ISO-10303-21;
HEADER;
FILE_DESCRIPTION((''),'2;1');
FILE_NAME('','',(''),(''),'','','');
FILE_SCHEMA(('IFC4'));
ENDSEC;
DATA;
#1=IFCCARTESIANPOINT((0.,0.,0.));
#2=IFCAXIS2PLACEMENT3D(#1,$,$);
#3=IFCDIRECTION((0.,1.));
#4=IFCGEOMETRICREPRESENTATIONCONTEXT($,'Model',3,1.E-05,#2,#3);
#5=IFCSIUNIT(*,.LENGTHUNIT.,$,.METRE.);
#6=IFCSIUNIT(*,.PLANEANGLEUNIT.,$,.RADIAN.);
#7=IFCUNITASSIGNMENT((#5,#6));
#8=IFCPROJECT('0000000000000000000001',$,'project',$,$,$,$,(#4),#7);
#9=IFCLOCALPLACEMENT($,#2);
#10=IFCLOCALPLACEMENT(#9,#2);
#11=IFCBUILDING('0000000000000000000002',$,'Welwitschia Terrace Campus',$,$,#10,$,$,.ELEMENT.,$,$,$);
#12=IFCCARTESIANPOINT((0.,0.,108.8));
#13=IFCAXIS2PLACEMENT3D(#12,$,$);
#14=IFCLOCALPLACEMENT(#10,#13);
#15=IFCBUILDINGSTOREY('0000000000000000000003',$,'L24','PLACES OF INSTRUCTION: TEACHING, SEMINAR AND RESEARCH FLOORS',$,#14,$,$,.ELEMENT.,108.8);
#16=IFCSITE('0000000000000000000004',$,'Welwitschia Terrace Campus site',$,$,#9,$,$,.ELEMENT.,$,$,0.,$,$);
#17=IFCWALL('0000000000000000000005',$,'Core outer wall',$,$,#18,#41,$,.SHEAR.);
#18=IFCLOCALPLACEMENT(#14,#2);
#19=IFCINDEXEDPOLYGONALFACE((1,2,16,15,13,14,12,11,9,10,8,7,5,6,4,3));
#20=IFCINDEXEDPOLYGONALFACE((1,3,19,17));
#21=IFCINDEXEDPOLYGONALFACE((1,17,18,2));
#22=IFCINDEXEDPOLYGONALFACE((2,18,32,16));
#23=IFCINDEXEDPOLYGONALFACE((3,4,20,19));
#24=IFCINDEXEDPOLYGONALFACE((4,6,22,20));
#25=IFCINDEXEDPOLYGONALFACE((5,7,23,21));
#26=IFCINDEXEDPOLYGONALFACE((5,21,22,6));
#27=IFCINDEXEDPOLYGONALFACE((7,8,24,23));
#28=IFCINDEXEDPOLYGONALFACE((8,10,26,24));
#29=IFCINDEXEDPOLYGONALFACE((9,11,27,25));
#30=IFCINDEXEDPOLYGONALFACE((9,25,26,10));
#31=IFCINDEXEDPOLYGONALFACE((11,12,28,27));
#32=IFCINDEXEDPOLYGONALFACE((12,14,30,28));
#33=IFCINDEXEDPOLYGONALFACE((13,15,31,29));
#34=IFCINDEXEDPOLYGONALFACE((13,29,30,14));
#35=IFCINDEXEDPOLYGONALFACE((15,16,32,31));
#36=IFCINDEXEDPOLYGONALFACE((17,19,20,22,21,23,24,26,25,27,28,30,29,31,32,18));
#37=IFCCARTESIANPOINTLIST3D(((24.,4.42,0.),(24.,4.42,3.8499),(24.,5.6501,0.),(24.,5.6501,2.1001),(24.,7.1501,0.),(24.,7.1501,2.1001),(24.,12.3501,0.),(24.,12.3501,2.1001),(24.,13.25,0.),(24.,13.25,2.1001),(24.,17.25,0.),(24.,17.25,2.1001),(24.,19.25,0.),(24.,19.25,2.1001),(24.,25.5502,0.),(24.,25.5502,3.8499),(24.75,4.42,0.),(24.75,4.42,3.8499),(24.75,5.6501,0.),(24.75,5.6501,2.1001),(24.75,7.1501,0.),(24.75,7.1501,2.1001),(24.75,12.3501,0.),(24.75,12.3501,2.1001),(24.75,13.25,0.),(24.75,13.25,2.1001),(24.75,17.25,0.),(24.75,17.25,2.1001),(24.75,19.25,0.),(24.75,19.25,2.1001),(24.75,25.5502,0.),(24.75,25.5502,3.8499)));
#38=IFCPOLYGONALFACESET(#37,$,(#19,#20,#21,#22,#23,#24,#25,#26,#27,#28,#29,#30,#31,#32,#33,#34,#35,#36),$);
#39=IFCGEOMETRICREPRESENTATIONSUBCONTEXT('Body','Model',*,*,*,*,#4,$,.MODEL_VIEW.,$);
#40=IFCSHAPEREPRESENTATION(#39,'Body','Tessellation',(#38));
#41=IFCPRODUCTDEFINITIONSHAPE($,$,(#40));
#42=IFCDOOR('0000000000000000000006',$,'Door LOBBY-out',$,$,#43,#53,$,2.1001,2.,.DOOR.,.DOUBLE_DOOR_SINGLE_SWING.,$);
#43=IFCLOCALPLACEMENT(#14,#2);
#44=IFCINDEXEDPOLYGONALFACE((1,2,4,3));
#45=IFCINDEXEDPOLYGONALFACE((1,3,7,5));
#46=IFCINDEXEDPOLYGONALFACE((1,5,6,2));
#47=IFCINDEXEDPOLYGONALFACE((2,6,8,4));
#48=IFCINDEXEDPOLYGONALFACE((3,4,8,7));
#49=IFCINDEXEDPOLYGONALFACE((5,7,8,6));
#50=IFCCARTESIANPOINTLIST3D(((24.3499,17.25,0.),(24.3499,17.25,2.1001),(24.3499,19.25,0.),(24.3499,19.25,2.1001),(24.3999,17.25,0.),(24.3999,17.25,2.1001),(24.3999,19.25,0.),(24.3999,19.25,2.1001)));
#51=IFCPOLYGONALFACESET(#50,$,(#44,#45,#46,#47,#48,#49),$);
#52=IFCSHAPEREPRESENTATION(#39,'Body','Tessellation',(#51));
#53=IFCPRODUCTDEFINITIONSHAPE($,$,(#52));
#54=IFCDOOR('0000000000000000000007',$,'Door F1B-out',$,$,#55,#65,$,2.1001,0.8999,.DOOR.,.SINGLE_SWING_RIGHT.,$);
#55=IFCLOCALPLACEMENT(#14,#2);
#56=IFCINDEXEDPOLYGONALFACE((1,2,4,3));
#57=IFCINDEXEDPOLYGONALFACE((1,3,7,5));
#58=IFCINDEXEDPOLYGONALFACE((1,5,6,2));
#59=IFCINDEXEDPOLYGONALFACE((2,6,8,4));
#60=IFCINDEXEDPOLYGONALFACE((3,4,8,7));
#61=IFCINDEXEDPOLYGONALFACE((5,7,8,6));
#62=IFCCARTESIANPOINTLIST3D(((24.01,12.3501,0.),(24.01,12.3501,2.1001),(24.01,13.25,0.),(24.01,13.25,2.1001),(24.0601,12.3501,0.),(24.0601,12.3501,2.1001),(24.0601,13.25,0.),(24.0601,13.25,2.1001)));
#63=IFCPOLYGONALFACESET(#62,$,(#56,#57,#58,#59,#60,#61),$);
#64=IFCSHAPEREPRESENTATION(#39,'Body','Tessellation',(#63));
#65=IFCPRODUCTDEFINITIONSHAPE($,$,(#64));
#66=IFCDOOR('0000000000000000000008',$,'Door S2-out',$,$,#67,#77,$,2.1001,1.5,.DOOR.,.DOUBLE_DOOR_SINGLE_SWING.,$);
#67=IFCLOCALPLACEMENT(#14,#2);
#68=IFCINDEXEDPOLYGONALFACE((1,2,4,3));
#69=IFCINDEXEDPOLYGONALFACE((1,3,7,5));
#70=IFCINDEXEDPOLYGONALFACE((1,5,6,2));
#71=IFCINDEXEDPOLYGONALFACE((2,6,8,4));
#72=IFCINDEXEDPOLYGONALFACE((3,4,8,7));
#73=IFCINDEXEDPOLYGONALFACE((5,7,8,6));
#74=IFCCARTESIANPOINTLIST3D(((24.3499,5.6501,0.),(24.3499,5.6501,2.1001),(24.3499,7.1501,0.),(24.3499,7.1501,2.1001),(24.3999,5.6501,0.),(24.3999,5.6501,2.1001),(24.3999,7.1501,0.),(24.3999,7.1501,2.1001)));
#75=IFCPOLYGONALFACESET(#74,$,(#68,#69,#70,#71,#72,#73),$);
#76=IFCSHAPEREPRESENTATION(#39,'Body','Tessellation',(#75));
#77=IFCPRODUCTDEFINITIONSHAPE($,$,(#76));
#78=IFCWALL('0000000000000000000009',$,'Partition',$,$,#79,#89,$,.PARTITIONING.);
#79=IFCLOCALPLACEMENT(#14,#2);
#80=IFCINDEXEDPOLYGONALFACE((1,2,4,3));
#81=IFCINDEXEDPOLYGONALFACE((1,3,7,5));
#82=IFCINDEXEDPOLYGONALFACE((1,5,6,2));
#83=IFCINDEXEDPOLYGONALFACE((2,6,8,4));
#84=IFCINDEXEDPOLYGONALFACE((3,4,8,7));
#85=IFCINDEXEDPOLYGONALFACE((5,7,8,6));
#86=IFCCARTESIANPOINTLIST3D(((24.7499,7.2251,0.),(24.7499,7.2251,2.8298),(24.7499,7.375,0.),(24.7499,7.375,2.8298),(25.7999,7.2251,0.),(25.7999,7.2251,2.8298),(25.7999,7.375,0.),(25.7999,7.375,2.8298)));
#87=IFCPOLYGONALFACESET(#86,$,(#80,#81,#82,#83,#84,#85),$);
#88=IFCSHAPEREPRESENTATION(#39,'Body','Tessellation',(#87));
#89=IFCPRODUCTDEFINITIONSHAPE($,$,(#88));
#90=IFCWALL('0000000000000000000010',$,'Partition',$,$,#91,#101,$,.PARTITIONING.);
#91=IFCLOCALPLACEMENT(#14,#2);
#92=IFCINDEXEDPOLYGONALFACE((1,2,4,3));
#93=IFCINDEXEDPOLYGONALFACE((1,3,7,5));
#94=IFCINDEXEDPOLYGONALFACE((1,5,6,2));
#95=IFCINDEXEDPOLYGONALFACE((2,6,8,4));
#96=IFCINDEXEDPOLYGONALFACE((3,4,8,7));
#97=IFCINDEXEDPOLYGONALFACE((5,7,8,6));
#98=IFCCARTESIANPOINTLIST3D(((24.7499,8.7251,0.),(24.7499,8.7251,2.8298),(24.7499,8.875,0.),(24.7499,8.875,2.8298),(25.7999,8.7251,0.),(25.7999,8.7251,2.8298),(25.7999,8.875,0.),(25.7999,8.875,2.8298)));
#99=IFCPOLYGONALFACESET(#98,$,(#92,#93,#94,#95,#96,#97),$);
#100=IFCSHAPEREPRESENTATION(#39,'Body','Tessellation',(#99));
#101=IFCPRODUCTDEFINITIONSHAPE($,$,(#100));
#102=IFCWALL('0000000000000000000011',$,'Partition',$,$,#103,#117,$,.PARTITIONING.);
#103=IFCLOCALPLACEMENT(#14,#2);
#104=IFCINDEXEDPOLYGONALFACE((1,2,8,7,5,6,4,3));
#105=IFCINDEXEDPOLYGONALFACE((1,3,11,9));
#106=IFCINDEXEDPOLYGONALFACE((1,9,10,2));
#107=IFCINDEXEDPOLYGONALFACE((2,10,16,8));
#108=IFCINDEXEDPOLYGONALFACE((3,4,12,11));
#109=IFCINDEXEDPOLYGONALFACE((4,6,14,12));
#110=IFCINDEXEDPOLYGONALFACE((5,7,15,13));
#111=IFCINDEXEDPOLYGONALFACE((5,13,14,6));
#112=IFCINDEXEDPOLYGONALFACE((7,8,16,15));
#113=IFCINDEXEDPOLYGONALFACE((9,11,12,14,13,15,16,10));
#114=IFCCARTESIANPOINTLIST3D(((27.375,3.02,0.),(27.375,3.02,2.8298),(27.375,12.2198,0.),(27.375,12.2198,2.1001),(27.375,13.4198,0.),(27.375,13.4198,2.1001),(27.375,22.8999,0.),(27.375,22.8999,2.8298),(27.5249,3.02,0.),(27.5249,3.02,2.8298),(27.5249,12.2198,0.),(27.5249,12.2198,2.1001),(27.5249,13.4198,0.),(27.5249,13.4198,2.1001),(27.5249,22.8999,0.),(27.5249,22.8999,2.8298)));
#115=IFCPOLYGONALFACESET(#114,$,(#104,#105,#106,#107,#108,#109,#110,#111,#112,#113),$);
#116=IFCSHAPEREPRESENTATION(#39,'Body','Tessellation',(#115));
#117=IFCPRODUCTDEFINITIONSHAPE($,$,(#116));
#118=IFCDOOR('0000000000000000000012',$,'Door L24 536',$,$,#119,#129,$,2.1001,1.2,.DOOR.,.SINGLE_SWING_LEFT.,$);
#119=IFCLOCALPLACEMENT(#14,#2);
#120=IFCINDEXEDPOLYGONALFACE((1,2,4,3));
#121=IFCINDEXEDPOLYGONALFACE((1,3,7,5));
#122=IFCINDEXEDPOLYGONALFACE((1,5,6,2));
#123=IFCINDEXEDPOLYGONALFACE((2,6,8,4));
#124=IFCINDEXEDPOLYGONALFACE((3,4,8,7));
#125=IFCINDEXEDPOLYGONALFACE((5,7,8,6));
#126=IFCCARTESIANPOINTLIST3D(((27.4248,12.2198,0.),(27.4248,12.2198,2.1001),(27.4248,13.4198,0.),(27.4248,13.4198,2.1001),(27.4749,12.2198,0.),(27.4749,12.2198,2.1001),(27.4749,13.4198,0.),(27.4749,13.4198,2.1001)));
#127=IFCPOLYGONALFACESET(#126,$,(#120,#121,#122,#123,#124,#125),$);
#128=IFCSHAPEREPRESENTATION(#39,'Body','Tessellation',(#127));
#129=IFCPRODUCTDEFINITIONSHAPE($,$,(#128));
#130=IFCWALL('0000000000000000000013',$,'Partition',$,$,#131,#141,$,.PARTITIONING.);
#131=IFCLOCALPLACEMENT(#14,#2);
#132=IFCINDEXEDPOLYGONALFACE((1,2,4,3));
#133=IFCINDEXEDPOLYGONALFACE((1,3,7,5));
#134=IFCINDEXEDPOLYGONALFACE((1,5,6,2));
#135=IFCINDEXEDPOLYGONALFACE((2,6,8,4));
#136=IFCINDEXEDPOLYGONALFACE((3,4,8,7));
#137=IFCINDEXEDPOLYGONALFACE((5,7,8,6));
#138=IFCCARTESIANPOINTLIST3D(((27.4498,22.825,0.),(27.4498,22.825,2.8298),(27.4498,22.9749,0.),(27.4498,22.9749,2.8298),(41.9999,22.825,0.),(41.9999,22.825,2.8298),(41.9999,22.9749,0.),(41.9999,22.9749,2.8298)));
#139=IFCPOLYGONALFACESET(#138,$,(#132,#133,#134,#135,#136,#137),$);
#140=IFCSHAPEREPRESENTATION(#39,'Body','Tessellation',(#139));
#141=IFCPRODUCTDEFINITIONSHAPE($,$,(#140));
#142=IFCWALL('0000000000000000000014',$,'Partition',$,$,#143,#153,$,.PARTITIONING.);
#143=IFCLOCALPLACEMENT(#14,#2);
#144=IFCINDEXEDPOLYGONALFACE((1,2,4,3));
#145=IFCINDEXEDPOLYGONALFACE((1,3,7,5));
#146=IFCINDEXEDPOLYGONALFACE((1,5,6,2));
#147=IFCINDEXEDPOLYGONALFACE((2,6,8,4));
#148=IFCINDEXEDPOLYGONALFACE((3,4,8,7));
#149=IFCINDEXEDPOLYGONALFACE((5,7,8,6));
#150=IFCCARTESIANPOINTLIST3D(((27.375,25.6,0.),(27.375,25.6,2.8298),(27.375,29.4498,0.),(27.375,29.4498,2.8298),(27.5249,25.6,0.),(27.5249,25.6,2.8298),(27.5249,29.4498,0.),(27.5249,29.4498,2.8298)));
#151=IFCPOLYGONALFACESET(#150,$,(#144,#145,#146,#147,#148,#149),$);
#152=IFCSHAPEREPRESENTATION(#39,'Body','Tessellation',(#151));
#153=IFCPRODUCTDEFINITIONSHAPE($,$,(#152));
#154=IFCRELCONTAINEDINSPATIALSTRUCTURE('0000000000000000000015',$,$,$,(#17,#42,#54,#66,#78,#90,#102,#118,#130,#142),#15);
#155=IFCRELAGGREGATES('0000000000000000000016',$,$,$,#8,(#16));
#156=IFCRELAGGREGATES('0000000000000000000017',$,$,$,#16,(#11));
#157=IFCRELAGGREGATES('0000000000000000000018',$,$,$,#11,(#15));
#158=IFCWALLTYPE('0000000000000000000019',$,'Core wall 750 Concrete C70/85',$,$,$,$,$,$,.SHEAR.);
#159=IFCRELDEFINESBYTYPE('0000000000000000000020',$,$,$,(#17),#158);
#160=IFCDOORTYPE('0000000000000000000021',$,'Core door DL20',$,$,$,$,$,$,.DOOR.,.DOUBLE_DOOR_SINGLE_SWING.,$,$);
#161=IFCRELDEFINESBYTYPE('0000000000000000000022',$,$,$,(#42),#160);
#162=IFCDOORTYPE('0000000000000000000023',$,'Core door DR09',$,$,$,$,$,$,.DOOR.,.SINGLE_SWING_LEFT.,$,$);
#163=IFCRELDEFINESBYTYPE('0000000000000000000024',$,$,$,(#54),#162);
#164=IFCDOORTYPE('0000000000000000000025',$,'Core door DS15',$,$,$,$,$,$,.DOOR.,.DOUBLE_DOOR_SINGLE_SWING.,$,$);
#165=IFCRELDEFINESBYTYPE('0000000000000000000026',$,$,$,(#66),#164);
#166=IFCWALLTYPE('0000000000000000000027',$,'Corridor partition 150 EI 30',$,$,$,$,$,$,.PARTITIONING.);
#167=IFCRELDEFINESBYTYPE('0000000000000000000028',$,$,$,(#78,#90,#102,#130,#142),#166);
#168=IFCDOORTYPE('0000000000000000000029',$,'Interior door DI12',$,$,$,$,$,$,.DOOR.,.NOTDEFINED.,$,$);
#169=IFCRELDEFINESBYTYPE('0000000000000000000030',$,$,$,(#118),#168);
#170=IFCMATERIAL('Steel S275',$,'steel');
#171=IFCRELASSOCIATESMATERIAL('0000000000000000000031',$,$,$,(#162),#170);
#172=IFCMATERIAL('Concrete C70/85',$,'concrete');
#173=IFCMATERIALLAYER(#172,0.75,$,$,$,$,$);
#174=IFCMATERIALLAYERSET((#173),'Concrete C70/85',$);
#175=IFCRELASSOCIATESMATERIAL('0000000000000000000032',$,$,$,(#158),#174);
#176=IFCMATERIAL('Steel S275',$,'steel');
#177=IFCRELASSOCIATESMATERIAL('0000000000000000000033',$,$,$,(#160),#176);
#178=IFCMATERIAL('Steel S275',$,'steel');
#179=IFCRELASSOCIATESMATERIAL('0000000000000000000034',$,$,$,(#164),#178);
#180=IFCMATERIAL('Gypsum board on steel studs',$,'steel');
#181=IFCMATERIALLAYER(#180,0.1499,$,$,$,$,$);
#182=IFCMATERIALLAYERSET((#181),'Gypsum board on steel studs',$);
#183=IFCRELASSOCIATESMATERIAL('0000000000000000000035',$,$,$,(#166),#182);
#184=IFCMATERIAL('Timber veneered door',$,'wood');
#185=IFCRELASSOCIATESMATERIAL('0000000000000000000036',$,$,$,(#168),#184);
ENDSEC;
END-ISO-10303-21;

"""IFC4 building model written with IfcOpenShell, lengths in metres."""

from ifc_helpers import new_model, si_unit, direction, frame, frame_2d, origin, place, context, subcontext, project, spatial, rectangle, extrude, material, layer, layer_set, type_object, element, fill, save


model = new_model("IFC4")

# Units and contexts
model_context = context("Model", 3, precision=1e-05, world=origin(), true_north=direction((0.0, 1.0)))
body_context = subcontext(model_context, "Body", "Model", "MODEL_VIEW")
ifc_project = project(units=[si_unit("LENGTHUNIT", "METRE"), si_unit("PLANEANGLEUNIT", "RADIAN")], contexts=[model_context])

# Site, building, storey
site_placement = place(None, origin())
site = spatial("IfcSite", under=ifc_project, at=site_placement, Name="Welwitschia Terrace Campus site", CompositionType="ELEMENT", RefElevation=0.0)
building_placement = place(site_placement, origin())
building = spatial("IfcBuilding", under=site, at=building_placement, Name="Welwitschia Terrace Campus", CompositionType="ELEMENT")
storey_placement = place(building_placement, frame((0.0, 0.0, 108.8)))
storey = spatial("IfcBuildingStorey", under=building, at=storey_placement, Name="L24", Description="PLACES OF INSTRUCTION: TEACHING, SEMINAR AND RESEARCH FLOORS", CompositionType="ELEMENT", Elevation=108.8)

# Shared definitions
ifc_material_1 = material(Name="Steel S275", Category="steel")
door_type_1 = type_object("IfcDoorType", Name="Core door DR09", OperationType="SINGLE_SWING_LEFT", PredefinedType="DOOR", material=ifc_material_1)

# Wall, openings, doors
ifc_material_2 = material(Name="Concrete C70/85", Category="concrete")
ifc_layer_1 = layer(ifc_material_2, 0.75)
ifc_layer_set_1 = layer_set([ifc_layer_1], Name="Concrete C70/85")
wall_type_1 = type_object("IfcWallType", Name="Core wall 750 Concrete C70/85", PredefinedType="SHEAR", material=ifc_layer_set_1)
wall_1_placement = place(storey_placement, frame((24.375, 25.55, 0.0), z_axis=(0.0, 0.0, 1.0), x_axis=(0.0, -1.0, 0.0)))
wall_1 = element("IfcWall", 1, at=wall_1_placement, inside=storey, type_object=wall_type_1, Name="Core outer wall", PredefinedType="SHEAR", context=body_context, shape_type="SweptSolid", body=[
    extrude(rectangle(XDim=21.1301, YDim=0.75, at=frame_2d((10.5649, 0.0))), origin(), (0.0, 0.0, 1.0), 3.8499),
])
opening_1_placement = place(wall_1_placement, frame((18.3999, 0.0, 0.0)))
opening_1 = element("IfcOpeningElement", 2, at=opening_1_placement, cuts=wall_1, PredefinedType="OPENING", context=body_context, shape_type="SweptSolid", body=[
    extrude(rectangle(XDim=1.5, YDim=2.1001, at=frame_2d((0.75, 1.05))), frame((0.0, 0.385, 0.0), z_axis=(0.0, -1.0, 0.0), x_axis=(1.0, 0.0, 0.0)), (0.0, 0.0, 1.0), 0.77),
])
opening_2_placement = place(wall_1_placement, frame((12.3, 0.0, 0.0)))
opening_2 = element("IfcOpeningElement", 3, at=opening_2_placement, cuts=wall_1, PredefinedType="OPENING", context=body_context, shape_type="SweptSolid", body=[
    extrude(rectangle(XDim=0.8999, YDim=2.1001, at=frame_2d((0.45, 1.05))), frame((0.0, 0.385, 0.0), z_axis=(0.0, -1.0, 0.0), x_axis=(1.0, 0.0, 0.0)), (0.0, 0.0, 1.0), 0.77),
])
opening_3_placement = place(wall_1_placement, frame((6.3, 0.0, 0.0)))
opening_3 = element("IfcOpeningElement", 4, at=opening_3_placement, cuts=wall_1, PredefinedType="OPENING", context=body_context, shape_type="SweptSolid", body=[
    extrude(rectangle(XDim=2.0, YDim=2.1001, at=frame_2d((1.0, 1.05))), frame((0.0, 0.385, 0.0), z_axis=(0.0, -1.0, 0.0), x_axis=(1.0, 0.0, 0.0)), (0.0, 0.0, 1.0), 0.77),
])
ifc_material_3 = material(Name="Steel S275", Category="steel")
door_type_2 = type_object("IfcDoorType", Name="Core door DL20", OperationType="DOUBLE_DOOR_SINGLE_SWING", PredefinedType="DOOR", material=ifc_material_3)
door_1_placement = place(opening_3_placement, origin())
door_1 = element("IfcDoor", 5, at=door_1_placement, inside=storey, type_object=door_type_2, Name="Door LOBBY-out", OperationType="DOUBLE_DOOR_SINGLE_SWING", OverallHeight=2.1001, OverallWidth=2.0, PredefinedType="DOOR", context=body_context, shape_type="SweptSolid", body=[
    extrude(rectangle(XDim=2.0, YDim=2.1001, at=frame_2d((1.0, 1.05))), frame((0.0, 0.0249, 0.0), z_axis=(0.0, -1.0, 0.0), x_axis=(1.0, 0.0, 0.0)), (0.0, 0.0, 1.0), 0.05),
])
fill(opening_3, door_1)
door_2_placement = place(opening_2_placement, origin())
door_2 = element("IfcDoor", 6, at=door_2_placement, inside=storey, type_object=door_type_1, Name="Door F1B-out", OperationType="SINGLE_SWING_RIGHT", OverallHeight=2.1001, OverallWidth=0.8999, PredefinedType="DOOR", context=body_context, shape_type="SweptSolid", body=[
    extrude(rectangle(XDim=0.8999, YDim=2.1001, at=frame_2d((0.45, 1.05))), frame((0.0, -0.3149, 0.0), z_axis=(0.0, -1.0, 0.0), x_axis=(1.0, 0.0, 0.0)), (0.0, 0.0, 1.0), 0.05),
])
fill(opening_2, door_2)
ifc_material_4 = material(Name="Steel S275", Category="steel")
door_type_3 = type_object("IfcDoorType", Name="Core door DS15", OperationType="DOUBLE_DOOR_SINGLE_SWING", PredefinedType="DOOR", material=ifc_material_4)
door_3_placement = place(opening_1_placement, origin())
door_3 = element("IfcDoor", 7, at=door_3_placement, inside=storey, type_object=door_type_3, Name="Door S2-out", OperationType="DOUBLE_DOOR_SINGLE_SWING", OverallHeight=2.1001, OverallWidth=1.5, PredefinedType="DOOR", context=body_context, shape_type="SweptSolid", body=[
    extrude(rectangle(XDim=1.5, YDim=2.1001, at=frame_2d((0.75, 1.05))), frame((0.0, 0.0249, 0.0), z_axis=(0.0, -1.0, 0.0), x_axis=(1.0, 0.0, 0.0)), (0.0, 0.0, 1.0), 0.05),
])
fill(opening_1, door_3)

# Walls
ifc_material_5 = material(Name="Gypsum board on steel studs", Category="steel")
ifc_layer_2 = layer(ifc_material_5, 0.1499)
ifc_layer_set_2 = layer_set([ifc_layer_2], Name="Gypsum board on steel studs")
wall_type_2 = type_object("IfcWallType", Name="Corridor partition 150 EI 30", PredefinedType="PARTITIONING", material=ifc_layer_set_2)
for number, where, z_axis, x_axis, name in (
    (8, (24.75, 7.3, 0.0), (0.0, 0.0, 1.0), (1.0, 0.0, 0.0), "Partition"),
    (9, (24.75, 8.8, 0.0), (0.0, 0.0, 1.0), (1.0, 0.0, 0.0), "Partition"),
):
    element("IfcWall", number, at=place(storey_placement, frame(where, z_axis=z_axis, x_axis=x_axis)), inside=storey, type_object=wall_type_2, Name=name, PredefinedType="PARTITIONING", context=body_context, shape_type="SweptSolid", body=[
        extrude(rectangle(XDim=1.05, YDim=0.1499, at=frame_2d((0.5249, 0.0))), origin(), (0.0, 0.0, 1.0), 2.8298),
    ])

# Wall, opening, door
wall_2_placement = place(storey_placement, frame((27.45, 22.8999, 0.0), z_axis=(0.0, 0.0, 1.0), x_axis=(0.0, -1.0, 0.0)))
wall_2 = element("IfcWall", 10, at=wall_2_placement, inside=storey, type_object=wall_type_2, Name="Partition", PredefinedType="PARTITIONING", context=body_context, shape_type="SweptSolid", body=[
    extrude(rectangle(XDim=19.8799, YDim=0.1499, at=frame_2d((9.9399, 0.0))), origin(), (0.0, 0.0, 1.0), 2.8298),
])
opening_4_placement = place(wall_2_placement, frame((9.48, 0.0, 0.0)))
opening_4 = element("IfcOpeningElement", 11, at=opening_4_placement, cuts=wall_2, PredefinedType="OPENING", context=body_context, shape_type="SweptSolid", body=[
    extrude(rectangle(XDim=1.2, YDim=2.1001, at=frame_2d((0.6001, 1.05))), frame((0.0, 0.085, 0.0), z_axis=(0.0, -1.0, 0.0), x_axis=(1.0, 0.0, 0.0)), (0.0, 0.0, 1.0), 0.1699),
])
ifc_material_6 = material(Name="Timber veneered door", Category="wood")
door_type_4 = type_object("IfcDoorType", Name="Interior door DI12", OperationType="NOTDEFINED", PredefinedType="DOOR", material=ifc_material_6)
door_4_placement = place(opening_4_placement, origin())
door_4 = element("IfcDoor", 12, at=door_4_placement, inside=storey, type_object=door_type_4, Name="Door L24 536", OperationType="SINGLE_SWING_LEFT", OverallHeight=2.1001, OverallWidth=1.2, PredefinedType="DOOR", context=body_context, shape_type="SweptSolid", body=[
    extrude(rectangle(XDim=1.2, YDim=2.1001, at=frame_2d((0.6001, 1.05))), frame((0.0, 0.0249, 0.0), z_axis=(0.0, -1.0, 0.0), x_axis=(1.0, 0.0, 0.0)), (0.0, 0.0, 1.0), 0.05),
])
fill(opening_4, door_4)

# Walls
wall_3_placement = place(storey_placement, frame((27.45, 22.8999, 0.0), z_axis=(0.0, 0.0, 1.0), x_axis=(1.0, 0.0, 0.0)))
element("IfcWall", 13, at=wall_3_placement, inside=storey, type_object=wall_type_2, Name="Partition", PredefinedType="PARTITIONING", context=body_context, shape_type="SweptSolid", body=[
    extrude(rectangle(XDim=14.55, YDim=0.1499, at=frame_2d((7.2749, 0.0))), origin(), (0.0, 0.0, 1.0), 2.8298),
])
wall_4_placement = place(storey_placement, frame((27.45, 25.6001, 0.0), z_axis=(0.0, 0.0, 1.0), x_axis=(0.0, 1.0, 0.0)))
element("IfcWall", 14, at=wall_4_placement, inside=storey, type_object=wall_type_2, Name="Partition", PredefinedType="PARTITIONING", context=body_context, shape_type="SweptSolid", body=[
    extrude(rectangle(XDim=3.8499, YDim=0.1499, at=frame_2d((1.9248, 0.0))), origin(), (0.0, 0.0, 1.0), 2.8298),
])

save(model, "model.ifc")
